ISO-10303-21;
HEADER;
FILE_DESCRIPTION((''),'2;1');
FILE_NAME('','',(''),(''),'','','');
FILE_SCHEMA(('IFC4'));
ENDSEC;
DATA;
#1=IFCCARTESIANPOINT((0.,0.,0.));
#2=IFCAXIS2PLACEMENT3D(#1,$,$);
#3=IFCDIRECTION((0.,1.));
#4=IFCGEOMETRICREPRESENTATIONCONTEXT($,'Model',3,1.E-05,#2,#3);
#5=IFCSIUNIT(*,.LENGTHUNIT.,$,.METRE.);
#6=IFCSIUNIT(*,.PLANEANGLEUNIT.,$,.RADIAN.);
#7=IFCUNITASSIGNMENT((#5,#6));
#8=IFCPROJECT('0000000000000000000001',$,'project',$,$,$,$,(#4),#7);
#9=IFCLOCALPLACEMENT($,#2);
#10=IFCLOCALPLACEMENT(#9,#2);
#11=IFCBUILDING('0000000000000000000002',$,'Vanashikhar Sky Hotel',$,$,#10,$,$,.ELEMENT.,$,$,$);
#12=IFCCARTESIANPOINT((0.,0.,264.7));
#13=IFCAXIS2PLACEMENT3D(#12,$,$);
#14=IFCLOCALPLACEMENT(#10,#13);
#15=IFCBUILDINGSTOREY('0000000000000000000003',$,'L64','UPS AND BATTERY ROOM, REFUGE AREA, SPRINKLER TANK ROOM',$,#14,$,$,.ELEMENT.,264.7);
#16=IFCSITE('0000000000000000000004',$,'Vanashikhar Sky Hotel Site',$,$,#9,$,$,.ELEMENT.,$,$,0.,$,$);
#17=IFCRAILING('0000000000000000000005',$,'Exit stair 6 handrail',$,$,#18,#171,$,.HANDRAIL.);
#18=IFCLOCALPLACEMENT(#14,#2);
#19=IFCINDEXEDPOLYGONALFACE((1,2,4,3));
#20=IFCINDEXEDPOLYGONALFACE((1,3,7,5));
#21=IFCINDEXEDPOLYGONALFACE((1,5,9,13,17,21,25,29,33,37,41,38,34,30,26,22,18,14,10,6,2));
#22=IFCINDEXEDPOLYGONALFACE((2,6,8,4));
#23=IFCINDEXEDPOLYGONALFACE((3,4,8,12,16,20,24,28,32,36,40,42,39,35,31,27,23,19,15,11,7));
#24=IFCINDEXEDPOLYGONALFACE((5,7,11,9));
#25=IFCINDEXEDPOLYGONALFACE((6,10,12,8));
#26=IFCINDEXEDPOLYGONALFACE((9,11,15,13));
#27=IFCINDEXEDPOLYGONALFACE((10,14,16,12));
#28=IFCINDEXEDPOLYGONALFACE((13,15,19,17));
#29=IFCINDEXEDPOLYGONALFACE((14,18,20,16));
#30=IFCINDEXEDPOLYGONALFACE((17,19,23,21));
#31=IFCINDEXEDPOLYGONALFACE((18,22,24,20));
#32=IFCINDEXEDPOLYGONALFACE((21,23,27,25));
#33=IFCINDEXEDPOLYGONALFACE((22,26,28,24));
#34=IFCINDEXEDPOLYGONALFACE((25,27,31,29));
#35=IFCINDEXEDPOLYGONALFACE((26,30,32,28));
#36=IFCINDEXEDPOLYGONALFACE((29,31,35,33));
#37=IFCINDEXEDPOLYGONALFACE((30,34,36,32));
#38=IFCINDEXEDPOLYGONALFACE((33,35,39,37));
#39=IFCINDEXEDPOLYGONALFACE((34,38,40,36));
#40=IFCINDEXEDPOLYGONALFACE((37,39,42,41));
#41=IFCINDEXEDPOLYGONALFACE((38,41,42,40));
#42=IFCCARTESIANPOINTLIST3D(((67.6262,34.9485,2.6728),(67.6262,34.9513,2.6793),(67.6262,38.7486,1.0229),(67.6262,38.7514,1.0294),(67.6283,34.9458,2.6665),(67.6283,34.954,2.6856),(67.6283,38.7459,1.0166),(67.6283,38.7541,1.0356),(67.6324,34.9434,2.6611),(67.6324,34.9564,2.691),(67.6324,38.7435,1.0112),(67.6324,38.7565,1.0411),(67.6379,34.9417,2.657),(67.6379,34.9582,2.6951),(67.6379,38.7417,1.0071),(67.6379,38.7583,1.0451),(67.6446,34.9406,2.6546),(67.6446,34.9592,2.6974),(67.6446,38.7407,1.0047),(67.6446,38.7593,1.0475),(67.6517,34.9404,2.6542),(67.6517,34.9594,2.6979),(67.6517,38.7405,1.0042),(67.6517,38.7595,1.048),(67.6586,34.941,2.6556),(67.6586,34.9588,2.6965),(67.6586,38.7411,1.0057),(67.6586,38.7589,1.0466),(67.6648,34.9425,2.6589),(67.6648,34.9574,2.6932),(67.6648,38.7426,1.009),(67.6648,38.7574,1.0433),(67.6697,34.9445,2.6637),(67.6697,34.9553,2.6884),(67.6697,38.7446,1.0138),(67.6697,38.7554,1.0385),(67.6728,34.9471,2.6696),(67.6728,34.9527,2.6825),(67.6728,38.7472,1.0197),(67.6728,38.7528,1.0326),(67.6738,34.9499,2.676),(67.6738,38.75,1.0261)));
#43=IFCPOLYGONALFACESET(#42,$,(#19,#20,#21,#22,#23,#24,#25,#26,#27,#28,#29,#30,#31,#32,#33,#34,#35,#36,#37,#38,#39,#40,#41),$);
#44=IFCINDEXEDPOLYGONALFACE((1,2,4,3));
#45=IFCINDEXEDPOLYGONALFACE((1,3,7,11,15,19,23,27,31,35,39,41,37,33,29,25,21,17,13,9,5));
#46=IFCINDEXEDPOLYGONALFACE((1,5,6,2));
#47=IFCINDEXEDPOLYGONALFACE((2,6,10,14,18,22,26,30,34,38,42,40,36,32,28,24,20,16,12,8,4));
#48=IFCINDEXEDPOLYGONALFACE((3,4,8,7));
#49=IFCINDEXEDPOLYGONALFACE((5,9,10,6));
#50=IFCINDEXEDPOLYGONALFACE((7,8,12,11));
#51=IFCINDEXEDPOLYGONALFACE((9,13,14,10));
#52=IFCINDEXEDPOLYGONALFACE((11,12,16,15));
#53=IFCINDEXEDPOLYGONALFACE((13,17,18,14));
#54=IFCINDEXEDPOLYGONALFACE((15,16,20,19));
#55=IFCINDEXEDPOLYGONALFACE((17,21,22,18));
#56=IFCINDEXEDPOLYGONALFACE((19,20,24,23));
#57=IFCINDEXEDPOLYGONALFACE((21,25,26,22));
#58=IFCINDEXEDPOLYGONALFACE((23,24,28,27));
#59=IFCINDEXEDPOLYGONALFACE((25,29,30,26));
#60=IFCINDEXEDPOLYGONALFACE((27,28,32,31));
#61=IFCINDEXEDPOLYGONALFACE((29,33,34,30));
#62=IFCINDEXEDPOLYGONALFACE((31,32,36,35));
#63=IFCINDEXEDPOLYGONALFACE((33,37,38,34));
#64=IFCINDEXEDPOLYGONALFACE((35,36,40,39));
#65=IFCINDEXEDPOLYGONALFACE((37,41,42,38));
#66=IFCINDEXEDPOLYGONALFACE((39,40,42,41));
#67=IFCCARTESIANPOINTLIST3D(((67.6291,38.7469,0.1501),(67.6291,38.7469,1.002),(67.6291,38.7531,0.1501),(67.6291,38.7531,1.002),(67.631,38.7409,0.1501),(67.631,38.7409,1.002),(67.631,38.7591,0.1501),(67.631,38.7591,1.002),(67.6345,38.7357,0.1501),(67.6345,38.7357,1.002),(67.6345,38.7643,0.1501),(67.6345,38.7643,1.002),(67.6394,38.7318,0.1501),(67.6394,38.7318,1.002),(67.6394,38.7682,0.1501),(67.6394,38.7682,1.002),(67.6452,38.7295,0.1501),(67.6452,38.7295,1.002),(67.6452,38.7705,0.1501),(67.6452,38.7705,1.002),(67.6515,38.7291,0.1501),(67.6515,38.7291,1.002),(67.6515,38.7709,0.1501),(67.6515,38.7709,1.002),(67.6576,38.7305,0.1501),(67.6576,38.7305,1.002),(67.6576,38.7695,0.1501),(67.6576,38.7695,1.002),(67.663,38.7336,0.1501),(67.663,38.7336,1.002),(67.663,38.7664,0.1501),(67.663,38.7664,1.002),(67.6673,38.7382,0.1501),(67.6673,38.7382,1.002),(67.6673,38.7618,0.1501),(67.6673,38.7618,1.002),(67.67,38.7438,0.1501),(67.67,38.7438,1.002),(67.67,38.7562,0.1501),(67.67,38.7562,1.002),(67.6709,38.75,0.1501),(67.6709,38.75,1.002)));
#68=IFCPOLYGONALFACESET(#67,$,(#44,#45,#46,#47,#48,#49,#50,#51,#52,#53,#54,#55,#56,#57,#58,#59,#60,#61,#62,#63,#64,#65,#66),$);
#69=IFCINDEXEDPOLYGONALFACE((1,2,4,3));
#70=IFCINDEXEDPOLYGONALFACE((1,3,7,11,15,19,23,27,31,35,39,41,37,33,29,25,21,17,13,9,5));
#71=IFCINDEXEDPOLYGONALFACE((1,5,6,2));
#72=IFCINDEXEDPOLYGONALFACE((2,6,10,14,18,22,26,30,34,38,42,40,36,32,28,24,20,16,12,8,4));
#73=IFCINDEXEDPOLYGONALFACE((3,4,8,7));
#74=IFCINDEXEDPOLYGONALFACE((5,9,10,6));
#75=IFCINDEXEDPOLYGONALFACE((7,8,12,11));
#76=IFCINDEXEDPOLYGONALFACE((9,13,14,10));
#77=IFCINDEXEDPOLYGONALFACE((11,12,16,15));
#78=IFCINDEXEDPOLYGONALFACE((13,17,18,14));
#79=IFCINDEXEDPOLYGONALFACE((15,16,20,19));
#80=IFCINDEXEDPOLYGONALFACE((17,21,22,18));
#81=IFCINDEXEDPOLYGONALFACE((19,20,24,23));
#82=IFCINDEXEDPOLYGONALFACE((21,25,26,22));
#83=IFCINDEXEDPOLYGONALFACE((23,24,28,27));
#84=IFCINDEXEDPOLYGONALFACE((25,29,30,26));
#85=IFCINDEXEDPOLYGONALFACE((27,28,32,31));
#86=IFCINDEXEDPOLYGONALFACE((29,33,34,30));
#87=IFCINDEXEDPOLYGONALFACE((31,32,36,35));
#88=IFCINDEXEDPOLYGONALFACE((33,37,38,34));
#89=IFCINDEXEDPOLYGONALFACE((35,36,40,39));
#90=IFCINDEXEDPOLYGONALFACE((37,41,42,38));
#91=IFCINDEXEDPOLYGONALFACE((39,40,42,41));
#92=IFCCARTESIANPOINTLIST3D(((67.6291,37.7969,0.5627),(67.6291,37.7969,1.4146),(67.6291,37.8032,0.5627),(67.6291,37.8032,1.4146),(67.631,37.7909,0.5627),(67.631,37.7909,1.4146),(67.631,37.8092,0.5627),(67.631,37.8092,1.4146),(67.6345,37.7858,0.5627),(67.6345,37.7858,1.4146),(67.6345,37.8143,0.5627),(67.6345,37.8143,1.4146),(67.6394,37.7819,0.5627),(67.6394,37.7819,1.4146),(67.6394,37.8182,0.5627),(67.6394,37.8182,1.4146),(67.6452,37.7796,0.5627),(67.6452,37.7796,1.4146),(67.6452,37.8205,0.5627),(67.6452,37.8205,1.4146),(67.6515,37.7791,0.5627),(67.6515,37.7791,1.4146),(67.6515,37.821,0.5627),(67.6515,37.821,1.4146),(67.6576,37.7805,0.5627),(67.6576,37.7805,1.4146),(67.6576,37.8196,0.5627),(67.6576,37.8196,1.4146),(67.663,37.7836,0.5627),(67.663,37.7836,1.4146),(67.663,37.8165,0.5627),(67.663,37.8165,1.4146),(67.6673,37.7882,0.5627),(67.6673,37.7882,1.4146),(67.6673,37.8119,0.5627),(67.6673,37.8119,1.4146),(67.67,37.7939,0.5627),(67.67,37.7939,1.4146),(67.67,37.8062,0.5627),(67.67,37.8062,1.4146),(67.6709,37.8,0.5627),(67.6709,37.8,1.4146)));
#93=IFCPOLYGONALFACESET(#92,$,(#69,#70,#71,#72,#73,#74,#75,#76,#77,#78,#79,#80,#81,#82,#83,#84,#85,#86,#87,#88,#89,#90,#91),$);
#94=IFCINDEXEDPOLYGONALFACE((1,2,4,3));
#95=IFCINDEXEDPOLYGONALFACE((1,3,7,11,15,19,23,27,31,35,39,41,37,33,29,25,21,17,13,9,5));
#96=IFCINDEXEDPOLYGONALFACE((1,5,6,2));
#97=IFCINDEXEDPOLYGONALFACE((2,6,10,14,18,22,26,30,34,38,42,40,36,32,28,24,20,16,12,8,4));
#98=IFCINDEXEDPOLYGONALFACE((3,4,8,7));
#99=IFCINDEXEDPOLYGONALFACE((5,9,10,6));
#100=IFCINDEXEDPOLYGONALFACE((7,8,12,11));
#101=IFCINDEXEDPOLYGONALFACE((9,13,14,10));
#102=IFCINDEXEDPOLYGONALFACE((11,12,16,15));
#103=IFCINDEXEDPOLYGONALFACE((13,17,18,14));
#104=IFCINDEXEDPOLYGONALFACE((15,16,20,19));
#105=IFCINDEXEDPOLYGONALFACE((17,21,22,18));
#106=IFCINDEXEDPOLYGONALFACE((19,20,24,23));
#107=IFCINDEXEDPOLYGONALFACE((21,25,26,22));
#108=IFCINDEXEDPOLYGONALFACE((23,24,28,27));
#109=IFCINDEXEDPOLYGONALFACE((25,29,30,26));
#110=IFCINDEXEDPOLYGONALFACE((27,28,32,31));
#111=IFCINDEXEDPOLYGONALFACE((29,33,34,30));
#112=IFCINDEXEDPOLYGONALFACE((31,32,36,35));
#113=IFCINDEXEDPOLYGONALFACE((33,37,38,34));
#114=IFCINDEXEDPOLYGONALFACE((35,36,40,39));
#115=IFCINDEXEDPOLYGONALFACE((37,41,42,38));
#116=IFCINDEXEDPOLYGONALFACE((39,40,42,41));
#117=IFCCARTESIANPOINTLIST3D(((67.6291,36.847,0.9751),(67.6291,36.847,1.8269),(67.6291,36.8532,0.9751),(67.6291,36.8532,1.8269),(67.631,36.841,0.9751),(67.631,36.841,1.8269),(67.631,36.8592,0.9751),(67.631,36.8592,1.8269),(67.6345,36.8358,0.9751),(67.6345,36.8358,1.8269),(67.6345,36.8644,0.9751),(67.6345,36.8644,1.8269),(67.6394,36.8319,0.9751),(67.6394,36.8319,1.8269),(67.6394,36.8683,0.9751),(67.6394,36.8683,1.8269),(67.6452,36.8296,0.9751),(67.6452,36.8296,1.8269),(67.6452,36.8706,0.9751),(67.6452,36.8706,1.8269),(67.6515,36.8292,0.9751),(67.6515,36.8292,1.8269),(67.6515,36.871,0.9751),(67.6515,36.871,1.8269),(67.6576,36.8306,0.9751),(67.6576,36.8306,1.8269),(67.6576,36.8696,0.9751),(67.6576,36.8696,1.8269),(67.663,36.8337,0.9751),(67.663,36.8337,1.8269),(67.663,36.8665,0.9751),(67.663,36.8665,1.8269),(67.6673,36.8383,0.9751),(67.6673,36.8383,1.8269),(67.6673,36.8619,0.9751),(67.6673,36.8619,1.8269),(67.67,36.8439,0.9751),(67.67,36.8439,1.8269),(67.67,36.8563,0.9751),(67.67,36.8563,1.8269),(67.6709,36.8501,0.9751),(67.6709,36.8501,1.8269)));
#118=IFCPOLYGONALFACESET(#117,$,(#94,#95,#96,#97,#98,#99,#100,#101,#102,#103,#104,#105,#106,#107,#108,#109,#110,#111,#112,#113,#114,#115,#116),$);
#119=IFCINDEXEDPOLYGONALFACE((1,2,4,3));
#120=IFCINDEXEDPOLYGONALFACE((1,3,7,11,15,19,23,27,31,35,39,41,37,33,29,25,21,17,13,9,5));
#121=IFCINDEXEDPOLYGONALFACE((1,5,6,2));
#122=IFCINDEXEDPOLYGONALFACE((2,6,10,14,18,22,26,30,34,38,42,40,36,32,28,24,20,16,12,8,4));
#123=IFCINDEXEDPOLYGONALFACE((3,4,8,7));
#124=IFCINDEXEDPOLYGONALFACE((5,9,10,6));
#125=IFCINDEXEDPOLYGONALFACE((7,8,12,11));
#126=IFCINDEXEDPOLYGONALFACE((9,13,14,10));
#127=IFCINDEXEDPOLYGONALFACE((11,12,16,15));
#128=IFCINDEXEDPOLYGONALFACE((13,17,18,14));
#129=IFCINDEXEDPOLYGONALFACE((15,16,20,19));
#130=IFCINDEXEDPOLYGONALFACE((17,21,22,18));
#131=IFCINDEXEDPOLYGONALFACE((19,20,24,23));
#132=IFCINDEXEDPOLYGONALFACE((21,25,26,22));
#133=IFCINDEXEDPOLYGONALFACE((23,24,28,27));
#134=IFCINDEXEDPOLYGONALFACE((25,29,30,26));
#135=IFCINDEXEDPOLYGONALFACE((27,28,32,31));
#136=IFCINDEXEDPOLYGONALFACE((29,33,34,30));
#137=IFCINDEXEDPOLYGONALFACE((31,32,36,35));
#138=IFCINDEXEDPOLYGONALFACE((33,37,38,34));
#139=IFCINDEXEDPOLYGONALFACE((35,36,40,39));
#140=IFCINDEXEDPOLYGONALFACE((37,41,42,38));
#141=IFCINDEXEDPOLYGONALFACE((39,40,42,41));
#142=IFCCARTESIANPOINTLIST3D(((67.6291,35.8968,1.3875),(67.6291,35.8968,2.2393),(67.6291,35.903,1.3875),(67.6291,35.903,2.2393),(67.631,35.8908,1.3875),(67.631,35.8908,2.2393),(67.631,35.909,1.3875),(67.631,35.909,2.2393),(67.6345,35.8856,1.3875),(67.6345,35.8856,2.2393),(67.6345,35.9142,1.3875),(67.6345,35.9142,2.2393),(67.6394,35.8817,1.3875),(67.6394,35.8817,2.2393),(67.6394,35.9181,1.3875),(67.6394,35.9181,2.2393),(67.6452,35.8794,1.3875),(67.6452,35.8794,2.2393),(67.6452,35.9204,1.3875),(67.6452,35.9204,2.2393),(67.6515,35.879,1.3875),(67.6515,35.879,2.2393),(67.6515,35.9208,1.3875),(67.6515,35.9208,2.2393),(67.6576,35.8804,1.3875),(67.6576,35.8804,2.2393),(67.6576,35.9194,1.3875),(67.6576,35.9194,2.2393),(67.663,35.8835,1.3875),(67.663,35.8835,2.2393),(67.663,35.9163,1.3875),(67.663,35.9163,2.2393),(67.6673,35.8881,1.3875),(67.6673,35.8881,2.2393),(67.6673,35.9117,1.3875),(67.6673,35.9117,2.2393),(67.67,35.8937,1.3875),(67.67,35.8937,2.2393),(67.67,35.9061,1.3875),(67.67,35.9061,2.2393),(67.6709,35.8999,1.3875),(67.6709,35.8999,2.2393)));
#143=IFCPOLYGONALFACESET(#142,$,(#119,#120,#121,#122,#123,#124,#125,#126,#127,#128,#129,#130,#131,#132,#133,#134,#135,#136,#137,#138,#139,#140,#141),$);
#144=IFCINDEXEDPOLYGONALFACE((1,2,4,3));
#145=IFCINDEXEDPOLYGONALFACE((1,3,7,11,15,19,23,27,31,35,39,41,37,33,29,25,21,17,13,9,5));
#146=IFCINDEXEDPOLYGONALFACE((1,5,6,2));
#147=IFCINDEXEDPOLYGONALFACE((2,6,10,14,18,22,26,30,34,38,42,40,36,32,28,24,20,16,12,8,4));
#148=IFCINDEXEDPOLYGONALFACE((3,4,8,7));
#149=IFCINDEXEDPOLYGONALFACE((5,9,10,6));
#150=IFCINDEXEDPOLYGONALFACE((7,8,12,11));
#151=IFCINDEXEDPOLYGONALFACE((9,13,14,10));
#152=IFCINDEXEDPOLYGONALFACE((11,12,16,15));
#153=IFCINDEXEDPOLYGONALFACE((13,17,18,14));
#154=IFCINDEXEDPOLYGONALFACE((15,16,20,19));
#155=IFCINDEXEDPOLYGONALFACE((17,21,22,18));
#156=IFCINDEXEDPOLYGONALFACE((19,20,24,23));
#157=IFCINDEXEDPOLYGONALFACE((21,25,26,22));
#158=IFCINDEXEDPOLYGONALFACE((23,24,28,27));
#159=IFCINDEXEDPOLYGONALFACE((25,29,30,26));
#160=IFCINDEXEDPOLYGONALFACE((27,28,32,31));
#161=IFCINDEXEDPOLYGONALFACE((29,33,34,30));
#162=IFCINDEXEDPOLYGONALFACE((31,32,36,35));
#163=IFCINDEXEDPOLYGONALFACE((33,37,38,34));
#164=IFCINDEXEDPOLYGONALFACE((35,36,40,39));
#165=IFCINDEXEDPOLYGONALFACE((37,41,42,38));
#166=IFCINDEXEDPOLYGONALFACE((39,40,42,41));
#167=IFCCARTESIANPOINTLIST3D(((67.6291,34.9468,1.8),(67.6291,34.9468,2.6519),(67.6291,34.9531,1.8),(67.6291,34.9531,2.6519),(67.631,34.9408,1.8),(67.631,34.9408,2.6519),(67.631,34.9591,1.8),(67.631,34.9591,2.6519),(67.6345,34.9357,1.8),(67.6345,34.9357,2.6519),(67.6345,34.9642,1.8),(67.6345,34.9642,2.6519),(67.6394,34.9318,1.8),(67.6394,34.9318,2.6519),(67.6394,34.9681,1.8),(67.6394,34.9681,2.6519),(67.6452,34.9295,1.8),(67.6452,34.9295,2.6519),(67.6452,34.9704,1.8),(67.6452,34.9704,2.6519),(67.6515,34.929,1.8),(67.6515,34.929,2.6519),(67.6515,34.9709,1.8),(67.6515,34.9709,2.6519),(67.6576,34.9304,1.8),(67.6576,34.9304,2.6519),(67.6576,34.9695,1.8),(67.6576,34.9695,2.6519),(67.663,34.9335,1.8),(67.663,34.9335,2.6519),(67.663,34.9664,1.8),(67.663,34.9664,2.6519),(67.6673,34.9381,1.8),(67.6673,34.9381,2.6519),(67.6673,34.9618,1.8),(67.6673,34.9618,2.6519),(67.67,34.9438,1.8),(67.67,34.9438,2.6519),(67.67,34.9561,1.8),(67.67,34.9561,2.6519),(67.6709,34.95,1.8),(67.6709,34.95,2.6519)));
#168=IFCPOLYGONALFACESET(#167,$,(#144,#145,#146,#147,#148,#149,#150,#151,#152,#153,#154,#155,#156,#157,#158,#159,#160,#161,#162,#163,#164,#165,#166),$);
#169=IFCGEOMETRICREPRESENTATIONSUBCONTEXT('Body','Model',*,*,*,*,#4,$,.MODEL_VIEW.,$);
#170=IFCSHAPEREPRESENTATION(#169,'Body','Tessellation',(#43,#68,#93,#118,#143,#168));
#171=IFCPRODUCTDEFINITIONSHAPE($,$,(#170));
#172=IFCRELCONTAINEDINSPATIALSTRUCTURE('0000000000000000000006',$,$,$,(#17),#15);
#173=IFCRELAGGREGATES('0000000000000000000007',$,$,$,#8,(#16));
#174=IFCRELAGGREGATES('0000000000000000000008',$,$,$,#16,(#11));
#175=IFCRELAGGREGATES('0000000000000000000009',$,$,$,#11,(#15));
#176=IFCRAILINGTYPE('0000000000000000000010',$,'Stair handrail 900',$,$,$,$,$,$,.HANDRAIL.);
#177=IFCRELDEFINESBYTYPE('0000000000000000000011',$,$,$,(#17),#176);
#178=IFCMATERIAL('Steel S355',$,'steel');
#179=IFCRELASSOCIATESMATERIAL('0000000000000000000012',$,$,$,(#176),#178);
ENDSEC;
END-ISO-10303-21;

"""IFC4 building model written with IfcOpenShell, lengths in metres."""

from ifc_helpers import new_model, si_unit, direction, frame, origin, origin_2d, place, context, subcontext, project, spatial, circle, extrude, source, transform, mapped, material, type_object, element, save


model = new_model("IFC4")

# Units and contexts
model_context = context("Model", 3, precision=1e-05, world=origin(), true_north=direction((0.0, 1.0)))
body_context = subcontext(model_context, "Body", "Model", "MODEL_VIEW")
ifc_project = project(units=[si_unit("LENGTHUNIT", "METRE"), si_unit("PLANEANGLEUNIT", "RADIAN")], contexts=[model_context])

# Site, building, storey
site_placement = place(None, origin())
site = spatial("IfcSite", under=ifc_project, at=site_placement, Name="Vanashikhar Sky Hotel Site", CompositionType="ELEMENT", RefElevation=0.0)
building_placement = place(site_placement, origin())
building = spatial("IfcBuilding", under=site, at=building_placement, Name="Vanashikhar Sky Hotel", CompositionType="ELEMENT")
storey_placement = place(building_placement, frame((0.0, 0.0, 264.7)))
storey = spatial("IfcBuildingStorey", under=building, at=storey_placement, Name="L64", Description="UPS AND BATTERY ROOM, REFUGE AREA, SPRINKLER TANK ROOM", CompositionType="ELEMENT", Elevation=264.7)

# Railing
ifc_material_1 = material(Name="Steel S355", Category="steel")
railing_type_1 = type_object("IfcRailingType", Name="Stair handrail 900", PredefinedType="HANDRAIL", material=ifc_material_1)
shared_shape_1 = source(origin(), body_context, "Body", "SweptSolid", [
    extrude(circle(Radius=0.0239, at=origin_2d()), frame((0.0, 0.0, 0.876), z_axis=(0.0, -0.917272, 0.398261), x_axis=(1.0, 0.0, 0.0)), (0.0, 0.0, 1.0), 4.1428),
    extrude(circle(Radius=0.021, at=origin_2d()), origin(), (0.0, 0.0, 1.0), 0.8518),
    extrude(circle(Radius=0.021, at=origin_2d()), frame((0.0, -0.95, 0.4126)), (0.0, 0.0, 1.0), 0.8518),
    extrude(circle(Radius=0.021, at=origin_2d()), frame((0.0, -1.8999, 0.825)), (0.0, 0.0, 1.0), 0.8518),
    extrude(circle(Radius=0.021, at=origin_2d()), frame((0.0, -2.8501, 1.2373)), (0.0, 0.0, 1.0), 0.8518),
    extrude(circle(Radius=0.021, at=origin_2d()), frame((0.0, -3.8, 1.6499)), (0.0, 0.0, 1.0), 0.8518),
])
for number, where, name in (
    (1, (67.6499, 38.75, 0.1501), "Exit stair 6 handrail"),
):
    element("IfcRailing", number, at=place(storey_placement, frame(where)), inside=storey, type_object=railing_type_1, Name=name, PredefinedType="HANDRAIL", context=body_context, shape_type="MappedRepresentation", body=[
        mapped(shared_shape_1, transform((0.0, 0.0, 0.0), scale=1.0)),
    ])

save(model, "model.ifc")
